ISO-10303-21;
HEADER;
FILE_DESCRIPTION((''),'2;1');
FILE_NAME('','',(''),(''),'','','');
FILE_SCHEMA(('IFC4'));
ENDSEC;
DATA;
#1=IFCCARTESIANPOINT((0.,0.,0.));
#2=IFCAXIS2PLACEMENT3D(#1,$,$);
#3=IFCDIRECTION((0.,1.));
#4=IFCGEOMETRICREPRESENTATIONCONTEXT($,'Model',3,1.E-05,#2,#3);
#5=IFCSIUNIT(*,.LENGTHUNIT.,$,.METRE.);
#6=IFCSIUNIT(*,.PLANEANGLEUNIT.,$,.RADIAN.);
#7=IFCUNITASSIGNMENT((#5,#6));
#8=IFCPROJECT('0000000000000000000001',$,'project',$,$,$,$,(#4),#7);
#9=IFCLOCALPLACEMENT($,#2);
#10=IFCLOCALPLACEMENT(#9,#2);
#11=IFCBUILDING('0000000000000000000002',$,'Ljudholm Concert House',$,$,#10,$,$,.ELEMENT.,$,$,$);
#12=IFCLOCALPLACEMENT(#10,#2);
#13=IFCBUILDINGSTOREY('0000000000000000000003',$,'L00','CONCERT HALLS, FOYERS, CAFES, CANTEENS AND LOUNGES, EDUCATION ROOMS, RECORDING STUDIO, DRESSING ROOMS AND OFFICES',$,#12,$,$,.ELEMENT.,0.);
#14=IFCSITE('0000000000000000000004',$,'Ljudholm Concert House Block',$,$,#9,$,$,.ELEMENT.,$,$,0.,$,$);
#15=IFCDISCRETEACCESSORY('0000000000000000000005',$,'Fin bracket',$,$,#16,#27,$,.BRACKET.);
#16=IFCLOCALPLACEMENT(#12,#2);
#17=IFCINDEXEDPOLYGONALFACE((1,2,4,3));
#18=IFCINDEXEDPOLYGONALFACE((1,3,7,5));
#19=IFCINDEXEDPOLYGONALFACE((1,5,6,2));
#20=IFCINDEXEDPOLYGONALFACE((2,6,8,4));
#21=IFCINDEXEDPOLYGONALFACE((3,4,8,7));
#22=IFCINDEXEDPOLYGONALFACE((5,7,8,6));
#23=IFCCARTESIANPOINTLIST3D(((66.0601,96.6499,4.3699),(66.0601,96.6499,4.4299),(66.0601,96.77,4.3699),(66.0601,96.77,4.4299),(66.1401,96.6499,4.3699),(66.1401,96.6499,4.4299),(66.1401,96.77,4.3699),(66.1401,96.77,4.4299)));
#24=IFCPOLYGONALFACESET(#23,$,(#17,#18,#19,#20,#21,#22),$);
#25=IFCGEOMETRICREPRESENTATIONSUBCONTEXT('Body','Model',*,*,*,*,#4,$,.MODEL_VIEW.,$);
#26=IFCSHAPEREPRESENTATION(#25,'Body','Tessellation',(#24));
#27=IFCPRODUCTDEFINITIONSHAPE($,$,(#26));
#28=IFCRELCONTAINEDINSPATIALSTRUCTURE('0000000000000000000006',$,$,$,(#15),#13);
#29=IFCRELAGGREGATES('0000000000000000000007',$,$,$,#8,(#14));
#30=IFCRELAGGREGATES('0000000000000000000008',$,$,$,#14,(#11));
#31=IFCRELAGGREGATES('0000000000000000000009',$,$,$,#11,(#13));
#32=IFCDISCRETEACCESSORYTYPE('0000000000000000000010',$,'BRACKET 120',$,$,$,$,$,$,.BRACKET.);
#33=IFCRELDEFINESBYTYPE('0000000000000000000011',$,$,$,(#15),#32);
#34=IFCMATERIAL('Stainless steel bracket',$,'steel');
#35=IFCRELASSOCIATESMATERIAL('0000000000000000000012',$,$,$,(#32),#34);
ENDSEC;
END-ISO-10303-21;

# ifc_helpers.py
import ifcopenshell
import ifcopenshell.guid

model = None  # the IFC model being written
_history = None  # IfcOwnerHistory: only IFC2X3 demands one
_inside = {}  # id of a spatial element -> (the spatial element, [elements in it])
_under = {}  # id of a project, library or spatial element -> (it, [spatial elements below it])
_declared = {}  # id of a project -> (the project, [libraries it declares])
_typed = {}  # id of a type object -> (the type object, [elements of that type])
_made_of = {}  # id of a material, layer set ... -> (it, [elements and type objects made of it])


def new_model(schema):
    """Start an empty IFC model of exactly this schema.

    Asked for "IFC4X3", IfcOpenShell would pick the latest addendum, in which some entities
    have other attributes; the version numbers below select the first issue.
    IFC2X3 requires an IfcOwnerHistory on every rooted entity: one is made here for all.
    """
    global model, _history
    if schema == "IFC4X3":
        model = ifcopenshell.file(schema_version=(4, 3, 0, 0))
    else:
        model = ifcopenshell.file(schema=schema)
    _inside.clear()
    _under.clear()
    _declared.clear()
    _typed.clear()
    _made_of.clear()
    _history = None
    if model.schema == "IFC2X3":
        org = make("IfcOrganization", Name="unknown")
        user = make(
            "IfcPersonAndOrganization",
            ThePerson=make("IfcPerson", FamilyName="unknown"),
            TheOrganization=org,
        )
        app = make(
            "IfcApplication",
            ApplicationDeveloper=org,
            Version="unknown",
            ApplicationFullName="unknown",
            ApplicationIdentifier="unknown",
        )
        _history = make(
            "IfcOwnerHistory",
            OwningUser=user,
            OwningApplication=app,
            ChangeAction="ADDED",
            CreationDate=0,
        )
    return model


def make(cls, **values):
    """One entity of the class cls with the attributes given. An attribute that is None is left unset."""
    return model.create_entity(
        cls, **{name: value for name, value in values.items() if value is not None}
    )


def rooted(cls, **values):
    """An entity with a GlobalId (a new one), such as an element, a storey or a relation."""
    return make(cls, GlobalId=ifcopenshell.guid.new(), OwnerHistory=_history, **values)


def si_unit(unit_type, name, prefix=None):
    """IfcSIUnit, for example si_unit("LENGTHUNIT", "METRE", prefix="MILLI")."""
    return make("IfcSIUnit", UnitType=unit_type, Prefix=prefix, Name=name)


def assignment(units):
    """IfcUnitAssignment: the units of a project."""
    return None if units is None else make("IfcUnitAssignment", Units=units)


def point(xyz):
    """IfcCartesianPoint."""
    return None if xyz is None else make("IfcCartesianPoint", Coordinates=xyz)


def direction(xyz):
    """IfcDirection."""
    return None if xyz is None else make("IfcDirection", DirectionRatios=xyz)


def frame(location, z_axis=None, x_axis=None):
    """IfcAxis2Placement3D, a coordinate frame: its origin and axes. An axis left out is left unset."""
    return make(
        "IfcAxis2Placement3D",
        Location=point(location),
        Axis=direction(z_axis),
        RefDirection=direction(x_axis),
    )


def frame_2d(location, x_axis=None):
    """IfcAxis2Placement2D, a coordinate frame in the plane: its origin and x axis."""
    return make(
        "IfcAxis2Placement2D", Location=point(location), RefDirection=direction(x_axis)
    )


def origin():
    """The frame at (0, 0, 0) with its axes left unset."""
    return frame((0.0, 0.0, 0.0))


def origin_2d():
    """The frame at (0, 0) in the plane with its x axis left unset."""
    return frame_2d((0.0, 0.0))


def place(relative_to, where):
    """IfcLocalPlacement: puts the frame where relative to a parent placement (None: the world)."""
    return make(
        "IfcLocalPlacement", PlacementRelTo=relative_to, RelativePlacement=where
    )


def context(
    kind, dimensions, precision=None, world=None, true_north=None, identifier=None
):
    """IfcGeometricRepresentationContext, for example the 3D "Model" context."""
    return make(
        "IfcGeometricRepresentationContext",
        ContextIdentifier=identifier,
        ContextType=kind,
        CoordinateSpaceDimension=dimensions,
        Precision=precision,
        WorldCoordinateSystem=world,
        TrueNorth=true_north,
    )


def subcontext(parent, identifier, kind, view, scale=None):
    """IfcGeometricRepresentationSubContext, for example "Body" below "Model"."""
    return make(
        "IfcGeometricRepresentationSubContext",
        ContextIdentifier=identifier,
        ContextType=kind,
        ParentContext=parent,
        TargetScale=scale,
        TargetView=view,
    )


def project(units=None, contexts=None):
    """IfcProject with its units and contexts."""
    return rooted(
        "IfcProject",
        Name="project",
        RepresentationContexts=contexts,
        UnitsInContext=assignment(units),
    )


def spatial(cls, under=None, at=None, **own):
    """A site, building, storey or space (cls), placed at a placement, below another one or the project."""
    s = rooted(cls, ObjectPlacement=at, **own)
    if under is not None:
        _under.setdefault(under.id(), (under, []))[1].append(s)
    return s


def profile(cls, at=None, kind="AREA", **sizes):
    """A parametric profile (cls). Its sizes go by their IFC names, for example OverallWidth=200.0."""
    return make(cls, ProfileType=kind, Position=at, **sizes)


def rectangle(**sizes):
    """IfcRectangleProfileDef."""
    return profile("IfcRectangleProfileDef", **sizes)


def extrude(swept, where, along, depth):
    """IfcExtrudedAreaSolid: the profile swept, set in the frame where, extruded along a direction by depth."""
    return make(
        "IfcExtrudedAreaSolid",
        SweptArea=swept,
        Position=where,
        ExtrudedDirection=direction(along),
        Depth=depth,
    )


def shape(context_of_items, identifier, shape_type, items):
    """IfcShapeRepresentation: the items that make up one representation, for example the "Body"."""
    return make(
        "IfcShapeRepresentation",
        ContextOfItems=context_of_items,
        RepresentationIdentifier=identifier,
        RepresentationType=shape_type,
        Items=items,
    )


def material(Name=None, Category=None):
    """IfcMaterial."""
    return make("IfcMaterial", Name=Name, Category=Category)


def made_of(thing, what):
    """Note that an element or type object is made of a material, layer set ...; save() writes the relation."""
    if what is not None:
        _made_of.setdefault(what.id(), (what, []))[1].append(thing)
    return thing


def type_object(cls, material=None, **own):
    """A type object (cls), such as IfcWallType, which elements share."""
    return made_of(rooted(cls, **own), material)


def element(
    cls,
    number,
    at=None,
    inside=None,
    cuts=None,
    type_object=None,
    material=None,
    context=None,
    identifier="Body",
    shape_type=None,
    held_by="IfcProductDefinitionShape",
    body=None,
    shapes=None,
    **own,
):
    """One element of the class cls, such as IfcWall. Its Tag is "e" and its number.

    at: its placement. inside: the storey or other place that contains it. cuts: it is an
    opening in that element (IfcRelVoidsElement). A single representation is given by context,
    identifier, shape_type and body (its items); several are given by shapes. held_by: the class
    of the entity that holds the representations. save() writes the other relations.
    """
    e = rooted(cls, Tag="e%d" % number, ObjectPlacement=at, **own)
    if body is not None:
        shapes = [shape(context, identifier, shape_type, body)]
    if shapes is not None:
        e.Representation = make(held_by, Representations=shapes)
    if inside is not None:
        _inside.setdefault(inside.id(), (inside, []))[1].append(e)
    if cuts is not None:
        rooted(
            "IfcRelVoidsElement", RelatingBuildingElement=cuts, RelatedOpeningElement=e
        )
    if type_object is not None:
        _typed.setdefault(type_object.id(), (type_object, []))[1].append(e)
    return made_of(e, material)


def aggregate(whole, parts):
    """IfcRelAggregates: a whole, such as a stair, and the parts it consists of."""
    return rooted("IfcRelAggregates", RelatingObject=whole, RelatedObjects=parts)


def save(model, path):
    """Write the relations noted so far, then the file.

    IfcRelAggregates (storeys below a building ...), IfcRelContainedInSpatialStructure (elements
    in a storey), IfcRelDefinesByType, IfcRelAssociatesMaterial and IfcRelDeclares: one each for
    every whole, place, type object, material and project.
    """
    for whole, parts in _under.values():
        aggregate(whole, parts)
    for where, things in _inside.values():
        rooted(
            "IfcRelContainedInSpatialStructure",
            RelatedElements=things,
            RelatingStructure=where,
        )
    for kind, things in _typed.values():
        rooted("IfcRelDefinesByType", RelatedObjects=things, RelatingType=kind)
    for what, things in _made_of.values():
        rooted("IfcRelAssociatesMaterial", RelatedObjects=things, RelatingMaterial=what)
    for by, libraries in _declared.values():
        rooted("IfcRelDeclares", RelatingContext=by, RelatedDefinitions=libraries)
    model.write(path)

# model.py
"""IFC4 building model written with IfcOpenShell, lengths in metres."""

from ifc_helpers import new_model, si_unit, direction, frame, origin, origin_2d, place, context, subcontext, project, spatial, rectangle, extrude, material, type_object, element, save


model = new_model("IFC4")

# Units and contexts
model_context = context("Model", 3, precision=1e-05, world=origin(), true_north=direction((0.0, 1.0)))
body_context = subcontext(model_context, "Body", "Model", "MODEL_VIEW")
ifc_project = project(units=[si_unit("LENGTHUNIT", "METRE"), si_unit("PLANEANGLEUNIT", "RADIAN")], contexts=[model_context])

# Site, building, storey
site_placement = place(None, origin())
site = spatial("IfcSite", under=ifc_project, at=site_placement, Name="Ljudholm Concert House Block", CompositionType="ELEMENT", RefElevation=0.0)
building_placement = place(site_placement, origin())
building = spatial("IfcBuilding", under=site, at=building_placement, Name="Ljudholm Concert House", CompositionType="ELEMENT")
storey_placement = place(building_placement, origin())
storey = spatial("IfcBuildingStorey", under=building, at=storey_placement, Name="L00", Description="CONCERT HALLS, FOYERS, CAFES, CANTEENS AND LOUNGES, EDUCATION ROOMS, RECORDING STUDIO, DRESSING ROOMS AND OFFICES", CompositionType="ELEMENT", Elevation=0.0)

# Discrete accessory
ifc_material_1 = material(Name="Stainless steel bracket", Category="steel")
discrete_accessory_type = type_object("IfcDiscreteAccessoryType", Name="BRACKET 120", PredefinedType="BRACKET", material=ifc_material_1)
for number, where, z_axis, x_axis, name in (
    (1, (66.1001, 96.71, 4.3699), (0.0, 0.0, 1.0), (0.0, 1.0, 0.0), "Fin bracket"),
):
    element("IfcDiscreteAccessory", number, at=place(storey_placement, frame(where, z_axis=z_axis, x_axis=x_axis)), inside=storey, type_object=discrete_accessory_type, Name=name, PredefinedType="BRACKET", context=body_context, shape_type="SweptSolid", body=[
        extrude(rectangle(XDim=0.1201, YDim=0.0801, at=origin_2d()), origin(), (0.0, 0.0, 1.0), 0.0601),
    ])

save(model, "model.ifc")
